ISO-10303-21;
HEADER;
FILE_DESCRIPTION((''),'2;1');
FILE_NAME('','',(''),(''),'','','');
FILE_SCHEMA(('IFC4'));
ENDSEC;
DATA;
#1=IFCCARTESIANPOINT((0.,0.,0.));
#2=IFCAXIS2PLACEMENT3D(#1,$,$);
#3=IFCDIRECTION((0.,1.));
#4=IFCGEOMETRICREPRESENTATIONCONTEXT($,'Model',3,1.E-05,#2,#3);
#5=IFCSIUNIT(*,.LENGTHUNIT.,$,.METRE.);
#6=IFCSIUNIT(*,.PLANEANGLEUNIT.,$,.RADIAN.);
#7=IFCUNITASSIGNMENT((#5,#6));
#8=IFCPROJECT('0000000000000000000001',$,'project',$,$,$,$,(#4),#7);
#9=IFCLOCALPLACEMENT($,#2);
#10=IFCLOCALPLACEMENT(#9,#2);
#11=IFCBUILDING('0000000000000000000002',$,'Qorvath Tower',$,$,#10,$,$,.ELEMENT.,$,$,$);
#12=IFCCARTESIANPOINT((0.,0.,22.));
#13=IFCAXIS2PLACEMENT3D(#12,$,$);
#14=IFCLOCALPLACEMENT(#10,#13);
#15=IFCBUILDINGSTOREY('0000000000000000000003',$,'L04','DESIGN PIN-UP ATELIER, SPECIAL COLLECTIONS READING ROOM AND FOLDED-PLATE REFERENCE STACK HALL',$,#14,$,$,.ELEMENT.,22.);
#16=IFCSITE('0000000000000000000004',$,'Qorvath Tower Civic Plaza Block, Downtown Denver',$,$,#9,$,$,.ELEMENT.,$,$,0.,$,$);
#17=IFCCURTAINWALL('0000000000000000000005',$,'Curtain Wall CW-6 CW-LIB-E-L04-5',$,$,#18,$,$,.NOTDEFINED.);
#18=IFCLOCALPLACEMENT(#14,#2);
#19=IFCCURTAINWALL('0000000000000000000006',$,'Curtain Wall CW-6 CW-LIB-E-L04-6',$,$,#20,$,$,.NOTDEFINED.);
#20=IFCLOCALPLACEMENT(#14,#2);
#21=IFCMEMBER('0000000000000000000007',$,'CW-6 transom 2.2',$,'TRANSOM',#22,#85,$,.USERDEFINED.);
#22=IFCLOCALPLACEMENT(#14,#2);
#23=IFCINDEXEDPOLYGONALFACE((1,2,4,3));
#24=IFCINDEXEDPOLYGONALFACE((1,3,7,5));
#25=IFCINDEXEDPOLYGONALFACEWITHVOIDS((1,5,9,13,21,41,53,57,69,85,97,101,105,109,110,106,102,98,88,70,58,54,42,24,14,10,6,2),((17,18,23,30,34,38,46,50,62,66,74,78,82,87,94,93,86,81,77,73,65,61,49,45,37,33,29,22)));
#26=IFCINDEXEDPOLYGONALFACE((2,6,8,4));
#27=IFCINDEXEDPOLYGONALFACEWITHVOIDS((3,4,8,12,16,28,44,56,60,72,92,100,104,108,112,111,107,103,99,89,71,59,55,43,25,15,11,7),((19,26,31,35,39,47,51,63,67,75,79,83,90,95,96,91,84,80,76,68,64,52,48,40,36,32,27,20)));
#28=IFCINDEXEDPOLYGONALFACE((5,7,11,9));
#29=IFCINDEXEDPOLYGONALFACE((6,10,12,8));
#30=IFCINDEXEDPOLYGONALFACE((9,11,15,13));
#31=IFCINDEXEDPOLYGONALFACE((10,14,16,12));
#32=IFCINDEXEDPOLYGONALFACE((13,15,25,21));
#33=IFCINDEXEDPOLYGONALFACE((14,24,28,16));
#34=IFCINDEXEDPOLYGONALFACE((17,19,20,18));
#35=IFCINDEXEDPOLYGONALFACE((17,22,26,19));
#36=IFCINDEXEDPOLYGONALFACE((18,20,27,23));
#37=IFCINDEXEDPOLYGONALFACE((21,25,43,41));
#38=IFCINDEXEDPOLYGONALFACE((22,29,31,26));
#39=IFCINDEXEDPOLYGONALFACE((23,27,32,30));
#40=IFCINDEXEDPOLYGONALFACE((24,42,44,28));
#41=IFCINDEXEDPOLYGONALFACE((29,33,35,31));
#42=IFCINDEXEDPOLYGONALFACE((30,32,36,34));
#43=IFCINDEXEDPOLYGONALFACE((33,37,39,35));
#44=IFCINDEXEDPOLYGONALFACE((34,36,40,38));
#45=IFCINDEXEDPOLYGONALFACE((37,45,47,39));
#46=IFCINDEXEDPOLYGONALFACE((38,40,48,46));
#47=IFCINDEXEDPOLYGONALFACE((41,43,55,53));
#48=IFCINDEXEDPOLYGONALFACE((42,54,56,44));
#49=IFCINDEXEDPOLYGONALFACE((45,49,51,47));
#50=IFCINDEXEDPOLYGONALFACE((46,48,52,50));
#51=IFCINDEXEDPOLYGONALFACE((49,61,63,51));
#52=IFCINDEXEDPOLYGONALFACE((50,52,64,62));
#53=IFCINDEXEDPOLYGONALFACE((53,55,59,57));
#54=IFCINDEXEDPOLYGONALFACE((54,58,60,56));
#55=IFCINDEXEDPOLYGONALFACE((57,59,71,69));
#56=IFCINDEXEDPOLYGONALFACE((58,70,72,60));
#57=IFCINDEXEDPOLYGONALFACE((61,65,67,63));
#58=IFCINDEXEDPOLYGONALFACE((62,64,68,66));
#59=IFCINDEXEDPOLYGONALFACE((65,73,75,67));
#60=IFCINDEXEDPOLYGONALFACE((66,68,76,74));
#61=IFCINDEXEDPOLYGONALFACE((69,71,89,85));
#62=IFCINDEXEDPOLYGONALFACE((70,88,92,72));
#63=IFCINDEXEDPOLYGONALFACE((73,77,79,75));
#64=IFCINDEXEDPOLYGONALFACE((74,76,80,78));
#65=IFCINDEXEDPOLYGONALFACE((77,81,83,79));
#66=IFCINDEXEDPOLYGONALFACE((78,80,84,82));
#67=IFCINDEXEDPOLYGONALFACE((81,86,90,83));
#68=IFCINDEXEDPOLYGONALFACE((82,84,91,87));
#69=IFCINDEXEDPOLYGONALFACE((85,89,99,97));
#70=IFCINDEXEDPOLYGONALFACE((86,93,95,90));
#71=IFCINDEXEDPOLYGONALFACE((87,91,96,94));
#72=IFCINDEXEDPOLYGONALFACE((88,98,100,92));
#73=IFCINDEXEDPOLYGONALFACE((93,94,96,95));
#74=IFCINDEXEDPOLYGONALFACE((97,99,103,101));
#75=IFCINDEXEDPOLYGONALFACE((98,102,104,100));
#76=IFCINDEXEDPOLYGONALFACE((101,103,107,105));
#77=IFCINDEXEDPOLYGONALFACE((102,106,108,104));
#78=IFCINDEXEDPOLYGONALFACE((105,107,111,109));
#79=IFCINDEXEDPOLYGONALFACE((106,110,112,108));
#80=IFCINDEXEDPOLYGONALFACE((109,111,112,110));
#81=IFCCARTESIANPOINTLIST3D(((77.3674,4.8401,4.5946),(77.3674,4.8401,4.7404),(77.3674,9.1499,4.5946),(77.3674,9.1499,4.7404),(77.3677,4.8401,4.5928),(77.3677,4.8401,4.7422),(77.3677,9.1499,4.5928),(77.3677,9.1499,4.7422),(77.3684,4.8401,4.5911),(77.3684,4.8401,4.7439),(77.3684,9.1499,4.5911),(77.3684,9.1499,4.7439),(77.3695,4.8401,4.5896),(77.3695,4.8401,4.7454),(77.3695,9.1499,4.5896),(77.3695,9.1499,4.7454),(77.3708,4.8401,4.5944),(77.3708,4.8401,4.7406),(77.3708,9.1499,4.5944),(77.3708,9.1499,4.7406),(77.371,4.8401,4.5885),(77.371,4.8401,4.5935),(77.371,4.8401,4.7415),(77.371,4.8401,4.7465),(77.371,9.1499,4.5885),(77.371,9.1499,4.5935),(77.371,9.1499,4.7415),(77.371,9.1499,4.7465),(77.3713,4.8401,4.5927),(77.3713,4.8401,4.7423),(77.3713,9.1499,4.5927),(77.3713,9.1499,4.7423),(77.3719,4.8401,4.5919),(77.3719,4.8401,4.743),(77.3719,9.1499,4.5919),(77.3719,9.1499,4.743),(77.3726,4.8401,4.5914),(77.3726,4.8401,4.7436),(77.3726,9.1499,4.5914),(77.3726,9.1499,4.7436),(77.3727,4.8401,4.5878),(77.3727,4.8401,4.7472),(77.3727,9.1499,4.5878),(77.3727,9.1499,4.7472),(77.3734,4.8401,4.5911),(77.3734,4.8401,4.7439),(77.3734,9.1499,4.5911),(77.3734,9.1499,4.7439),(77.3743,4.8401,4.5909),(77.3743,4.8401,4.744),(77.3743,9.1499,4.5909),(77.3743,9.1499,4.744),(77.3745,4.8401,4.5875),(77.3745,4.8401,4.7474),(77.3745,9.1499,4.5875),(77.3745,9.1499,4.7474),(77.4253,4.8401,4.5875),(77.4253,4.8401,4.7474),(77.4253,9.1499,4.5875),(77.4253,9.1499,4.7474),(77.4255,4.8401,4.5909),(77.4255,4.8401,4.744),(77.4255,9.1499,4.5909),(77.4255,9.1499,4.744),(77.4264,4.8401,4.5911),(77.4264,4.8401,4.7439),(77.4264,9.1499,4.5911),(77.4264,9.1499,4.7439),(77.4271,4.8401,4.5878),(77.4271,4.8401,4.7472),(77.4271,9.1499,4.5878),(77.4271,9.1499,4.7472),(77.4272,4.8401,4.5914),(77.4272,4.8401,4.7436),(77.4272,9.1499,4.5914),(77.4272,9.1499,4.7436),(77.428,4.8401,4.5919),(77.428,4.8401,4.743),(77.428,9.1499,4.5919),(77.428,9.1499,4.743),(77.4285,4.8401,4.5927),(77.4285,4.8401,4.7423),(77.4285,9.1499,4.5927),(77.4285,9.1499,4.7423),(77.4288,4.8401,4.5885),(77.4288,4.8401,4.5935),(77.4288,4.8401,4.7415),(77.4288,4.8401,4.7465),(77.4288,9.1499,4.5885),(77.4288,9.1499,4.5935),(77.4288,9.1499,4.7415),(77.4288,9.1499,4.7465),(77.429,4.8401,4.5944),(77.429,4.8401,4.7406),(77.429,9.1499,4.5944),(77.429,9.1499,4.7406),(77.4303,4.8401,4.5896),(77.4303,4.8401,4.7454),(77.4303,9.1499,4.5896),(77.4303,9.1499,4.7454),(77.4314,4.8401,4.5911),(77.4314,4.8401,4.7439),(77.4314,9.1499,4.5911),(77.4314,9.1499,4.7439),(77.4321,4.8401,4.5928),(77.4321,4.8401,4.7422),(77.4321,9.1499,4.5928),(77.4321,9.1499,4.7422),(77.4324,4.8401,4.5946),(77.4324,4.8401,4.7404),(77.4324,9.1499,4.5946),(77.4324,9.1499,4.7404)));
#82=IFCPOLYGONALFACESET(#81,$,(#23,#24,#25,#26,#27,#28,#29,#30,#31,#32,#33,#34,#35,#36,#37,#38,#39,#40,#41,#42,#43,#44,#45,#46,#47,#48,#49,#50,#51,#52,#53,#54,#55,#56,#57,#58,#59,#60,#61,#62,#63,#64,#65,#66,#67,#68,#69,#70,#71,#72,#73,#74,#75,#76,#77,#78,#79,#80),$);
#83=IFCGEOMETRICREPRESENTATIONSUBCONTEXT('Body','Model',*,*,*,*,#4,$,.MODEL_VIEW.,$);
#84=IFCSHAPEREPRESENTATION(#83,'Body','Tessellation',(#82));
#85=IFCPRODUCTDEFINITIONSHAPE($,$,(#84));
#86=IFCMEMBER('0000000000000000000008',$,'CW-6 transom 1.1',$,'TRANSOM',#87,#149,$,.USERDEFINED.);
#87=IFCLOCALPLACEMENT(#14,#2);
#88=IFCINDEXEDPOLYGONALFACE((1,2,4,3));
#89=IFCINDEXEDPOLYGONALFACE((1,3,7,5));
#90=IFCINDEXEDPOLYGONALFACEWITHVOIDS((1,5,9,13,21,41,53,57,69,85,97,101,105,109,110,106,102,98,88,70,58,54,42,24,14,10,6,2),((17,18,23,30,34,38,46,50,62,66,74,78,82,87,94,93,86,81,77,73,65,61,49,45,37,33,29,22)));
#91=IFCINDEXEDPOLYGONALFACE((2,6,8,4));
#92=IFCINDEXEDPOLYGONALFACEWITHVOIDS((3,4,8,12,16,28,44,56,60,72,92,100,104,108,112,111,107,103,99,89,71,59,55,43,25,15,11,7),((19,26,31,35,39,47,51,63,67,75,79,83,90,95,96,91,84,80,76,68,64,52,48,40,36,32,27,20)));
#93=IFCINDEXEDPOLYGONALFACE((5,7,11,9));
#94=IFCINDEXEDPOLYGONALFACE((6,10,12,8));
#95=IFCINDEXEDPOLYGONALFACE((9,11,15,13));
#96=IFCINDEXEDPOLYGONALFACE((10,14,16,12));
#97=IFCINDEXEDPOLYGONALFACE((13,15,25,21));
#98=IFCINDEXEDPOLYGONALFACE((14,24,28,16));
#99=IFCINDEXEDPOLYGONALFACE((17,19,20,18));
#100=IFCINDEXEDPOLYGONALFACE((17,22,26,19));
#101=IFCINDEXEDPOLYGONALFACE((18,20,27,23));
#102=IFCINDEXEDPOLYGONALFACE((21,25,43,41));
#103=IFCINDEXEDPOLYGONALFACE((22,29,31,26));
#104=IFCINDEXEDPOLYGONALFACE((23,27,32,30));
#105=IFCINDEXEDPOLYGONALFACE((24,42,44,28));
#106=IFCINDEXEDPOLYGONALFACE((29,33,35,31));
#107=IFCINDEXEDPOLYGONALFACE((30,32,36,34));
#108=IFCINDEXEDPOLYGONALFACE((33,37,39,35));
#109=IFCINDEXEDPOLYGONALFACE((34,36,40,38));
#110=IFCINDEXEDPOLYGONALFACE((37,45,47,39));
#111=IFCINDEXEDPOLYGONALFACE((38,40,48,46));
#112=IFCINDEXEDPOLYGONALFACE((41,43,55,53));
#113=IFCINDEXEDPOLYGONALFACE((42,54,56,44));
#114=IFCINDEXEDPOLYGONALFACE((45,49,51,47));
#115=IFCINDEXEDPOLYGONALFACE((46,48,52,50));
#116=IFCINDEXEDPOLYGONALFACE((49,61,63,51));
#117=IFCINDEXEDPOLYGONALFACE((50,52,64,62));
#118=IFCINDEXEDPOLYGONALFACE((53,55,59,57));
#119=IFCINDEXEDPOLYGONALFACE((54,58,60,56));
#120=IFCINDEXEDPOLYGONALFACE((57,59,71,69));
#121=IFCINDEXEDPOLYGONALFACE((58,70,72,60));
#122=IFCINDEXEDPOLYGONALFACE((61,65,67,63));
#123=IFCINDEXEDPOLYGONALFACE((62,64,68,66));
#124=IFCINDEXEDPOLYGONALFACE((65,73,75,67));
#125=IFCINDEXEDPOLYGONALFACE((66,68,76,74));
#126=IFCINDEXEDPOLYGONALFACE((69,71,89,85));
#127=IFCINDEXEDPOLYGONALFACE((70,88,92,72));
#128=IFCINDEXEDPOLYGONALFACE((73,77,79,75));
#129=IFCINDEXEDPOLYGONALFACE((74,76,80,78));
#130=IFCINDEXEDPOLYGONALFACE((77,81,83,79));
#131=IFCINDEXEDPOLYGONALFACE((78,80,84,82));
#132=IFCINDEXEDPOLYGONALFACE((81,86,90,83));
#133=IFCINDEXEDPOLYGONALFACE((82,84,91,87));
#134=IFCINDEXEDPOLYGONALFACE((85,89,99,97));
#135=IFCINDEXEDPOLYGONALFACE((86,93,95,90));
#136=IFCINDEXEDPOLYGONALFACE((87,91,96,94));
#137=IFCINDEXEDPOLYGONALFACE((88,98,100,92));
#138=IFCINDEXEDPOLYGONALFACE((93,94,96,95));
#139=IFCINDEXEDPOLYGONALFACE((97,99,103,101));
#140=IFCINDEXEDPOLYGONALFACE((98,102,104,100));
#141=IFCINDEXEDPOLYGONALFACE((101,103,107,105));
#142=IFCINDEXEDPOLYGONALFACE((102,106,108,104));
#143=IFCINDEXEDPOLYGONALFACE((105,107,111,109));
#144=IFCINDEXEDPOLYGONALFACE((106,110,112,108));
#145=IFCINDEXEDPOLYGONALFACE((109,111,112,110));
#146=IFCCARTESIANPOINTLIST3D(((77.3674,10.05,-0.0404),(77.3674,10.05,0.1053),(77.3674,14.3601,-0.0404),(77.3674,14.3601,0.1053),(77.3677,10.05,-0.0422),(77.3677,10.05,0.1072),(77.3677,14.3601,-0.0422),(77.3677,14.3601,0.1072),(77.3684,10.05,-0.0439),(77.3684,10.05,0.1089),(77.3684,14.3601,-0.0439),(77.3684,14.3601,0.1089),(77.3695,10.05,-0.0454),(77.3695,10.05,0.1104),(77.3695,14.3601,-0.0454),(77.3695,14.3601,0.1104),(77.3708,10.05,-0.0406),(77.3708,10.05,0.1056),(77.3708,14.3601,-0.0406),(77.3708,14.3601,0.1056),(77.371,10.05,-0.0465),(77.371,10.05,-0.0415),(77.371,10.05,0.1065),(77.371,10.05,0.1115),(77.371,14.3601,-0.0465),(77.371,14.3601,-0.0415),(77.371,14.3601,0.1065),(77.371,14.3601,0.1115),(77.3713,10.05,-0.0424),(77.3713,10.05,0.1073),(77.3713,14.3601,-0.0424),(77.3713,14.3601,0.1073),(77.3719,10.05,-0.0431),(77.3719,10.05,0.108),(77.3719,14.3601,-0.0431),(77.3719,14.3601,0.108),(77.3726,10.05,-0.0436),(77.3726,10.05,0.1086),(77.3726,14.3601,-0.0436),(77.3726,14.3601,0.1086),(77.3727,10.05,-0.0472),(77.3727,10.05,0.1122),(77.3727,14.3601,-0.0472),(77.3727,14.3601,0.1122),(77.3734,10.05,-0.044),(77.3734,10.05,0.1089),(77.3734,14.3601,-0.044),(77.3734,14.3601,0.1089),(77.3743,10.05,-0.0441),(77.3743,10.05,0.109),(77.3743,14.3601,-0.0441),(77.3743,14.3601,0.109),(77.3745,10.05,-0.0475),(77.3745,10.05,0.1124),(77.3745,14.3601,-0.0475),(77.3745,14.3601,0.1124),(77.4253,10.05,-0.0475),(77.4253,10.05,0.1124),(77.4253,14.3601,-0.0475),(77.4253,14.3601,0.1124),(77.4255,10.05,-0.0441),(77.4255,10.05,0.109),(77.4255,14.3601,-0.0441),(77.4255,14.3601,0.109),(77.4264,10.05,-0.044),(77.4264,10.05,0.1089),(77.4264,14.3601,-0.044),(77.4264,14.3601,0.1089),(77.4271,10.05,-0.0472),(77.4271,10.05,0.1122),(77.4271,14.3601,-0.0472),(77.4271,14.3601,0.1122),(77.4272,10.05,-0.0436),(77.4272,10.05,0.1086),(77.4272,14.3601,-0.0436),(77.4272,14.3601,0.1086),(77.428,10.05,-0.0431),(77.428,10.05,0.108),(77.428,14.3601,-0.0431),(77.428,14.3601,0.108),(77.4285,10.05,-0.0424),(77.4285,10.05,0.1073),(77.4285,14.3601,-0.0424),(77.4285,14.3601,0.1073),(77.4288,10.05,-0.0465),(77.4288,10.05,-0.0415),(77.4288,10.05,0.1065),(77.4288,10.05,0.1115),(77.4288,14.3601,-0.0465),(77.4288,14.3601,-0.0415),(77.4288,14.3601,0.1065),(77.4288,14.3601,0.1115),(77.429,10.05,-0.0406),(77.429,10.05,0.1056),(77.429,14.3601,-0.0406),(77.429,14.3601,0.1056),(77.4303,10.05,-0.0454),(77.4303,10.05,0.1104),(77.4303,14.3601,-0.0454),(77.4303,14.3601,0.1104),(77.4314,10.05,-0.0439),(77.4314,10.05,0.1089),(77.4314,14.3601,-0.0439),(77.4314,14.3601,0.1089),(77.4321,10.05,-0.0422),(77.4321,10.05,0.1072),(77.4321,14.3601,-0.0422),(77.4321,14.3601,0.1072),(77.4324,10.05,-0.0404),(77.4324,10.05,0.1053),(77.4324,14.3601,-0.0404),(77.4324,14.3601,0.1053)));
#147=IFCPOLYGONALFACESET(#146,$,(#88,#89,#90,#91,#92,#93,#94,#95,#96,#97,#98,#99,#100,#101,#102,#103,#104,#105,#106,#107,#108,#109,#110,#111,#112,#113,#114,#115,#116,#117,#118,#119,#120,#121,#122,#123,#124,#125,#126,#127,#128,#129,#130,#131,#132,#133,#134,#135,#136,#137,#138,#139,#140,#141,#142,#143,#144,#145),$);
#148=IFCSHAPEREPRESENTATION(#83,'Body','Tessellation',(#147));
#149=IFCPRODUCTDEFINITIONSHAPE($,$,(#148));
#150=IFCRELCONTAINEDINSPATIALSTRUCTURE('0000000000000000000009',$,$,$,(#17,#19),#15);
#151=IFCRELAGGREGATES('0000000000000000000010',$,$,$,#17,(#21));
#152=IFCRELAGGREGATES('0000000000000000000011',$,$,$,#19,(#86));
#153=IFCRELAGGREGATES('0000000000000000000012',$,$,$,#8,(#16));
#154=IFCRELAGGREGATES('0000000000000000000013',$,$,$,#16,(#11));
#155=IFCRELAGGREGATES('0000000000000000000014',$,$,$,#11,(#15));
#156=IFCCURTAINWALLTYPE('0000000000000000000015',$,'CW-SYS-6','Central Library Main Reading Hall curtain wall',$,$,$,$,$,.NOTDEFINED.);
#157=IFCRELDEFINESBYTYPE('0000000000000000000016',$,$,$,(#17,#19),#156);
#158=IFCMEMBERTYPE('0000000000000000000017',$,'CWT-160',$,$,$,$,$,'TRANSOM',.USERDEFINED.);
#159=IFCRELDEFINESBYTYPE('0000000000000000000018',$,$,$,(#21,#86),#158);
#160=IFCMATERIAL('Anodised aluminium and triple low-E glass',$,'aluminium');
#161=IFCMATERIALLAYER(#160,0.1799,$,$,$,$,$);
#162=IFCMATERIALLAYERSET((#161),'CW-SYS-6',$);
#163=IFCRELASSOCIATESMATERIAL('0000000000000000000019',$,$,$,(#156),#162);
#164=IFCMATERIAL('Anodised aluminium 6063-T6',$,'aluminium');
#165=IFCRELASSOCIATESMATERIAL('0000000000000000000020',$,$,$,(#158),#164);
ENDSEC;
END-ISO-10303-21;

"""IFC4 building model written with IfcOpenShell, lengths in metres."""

from ifc_helpers import new_model, si_unit, direction, frame, origin, origin_2d, place, context, subcontext, project, spatial, hollow_rectangle, extrude, material, layer, layer_set, material_profile, profile_set, type_object, element, aggregate, save


model = new_model("IFC4")

# Units and contexts
model_context = context("Model", 3, precision=1e-05, world=origin(), true_north=direction((0.0, 1.0)))
body_context = subcontext(model_context, "Body", "Model", "MODEL_VIEW")
ifc_project = project(units=[si_unit("LENGTHUNIT", "METRE"), si_unit("PLANEANGLEUNIT", "RADIAN")], contexts=[model_context])

# Site, building, storey
site_placement = place(None, origin())
site = spatial("IfcSite", under=ifc_project, at=site_placement, Name="Qorvath Tower Civic Plaza Block, Downtown Denver", CompositionType="ELEMENT", RefElevation=0.0)
building_placement = place(site_placement, origin())
building = spatial("IfcBuilding", under=site, at=building_placement, Name="Qorvath Tower", CompositionType="ELEMENT")
storey_placement = place(building_placement, frame((0.0, 0.0, 22.0)))
storey = spatial("IfcBuildingStorey", under=building, at=storey_placement, Name="L04", Description="DESIGN PIN-UP ATELIER, SPECIAL COLLECTIONS READING ROOM AND FOLDED-PLATE REFERENCE STACK HALL", CompositionType="ELEMENT", Elevation=22.0)

# Curtain walls
ifc_material_1 = material(Name="Anodised aluminium and triple low-E glass", Category="aluminium")
ifc_layer_1 = layer(ifc_material_1, 0.1799)
ifc_layer_set_1 = layer_set([ifc_layer_1], Name="CW-SYS-6")
curtain_wall_type = type_object("IfcCurtainWallType", Name="CW-SYS-6", Description="Central Library Main Reading Hall curtain wall", PredefinedType="NOTDEFINED", material=ifc_layer_set_1)
curtain_wall_1_placement = place(storey_placement, origin())
curtain_wall_1 = element("IfcCurtainWall", 1, at=curtain_wall_1_placement, inside=storey, type_object=curtain_wall_type, Name="Curtain Wall CW-6 CW-LIB-E-L04-5", PredefinedType="NOTDEFINED")
curtain_wall_2_placement = place(storey_placement, origin())
curtain_wall_2 = element("IfcCurtainWall", 2, at=curtain_wall_2_placement, inside=storey, type_object=curtain_wall_type, Name="Curtain Wall CW-6 CW-LIB-E-L04-6", PredefinedType="NOTDEFINED")

# Members
ifc_material_2 = material(Name="Anodised aluminium 6063-T6", Category="aluminium")
ifc_material_profile_1 = material_profile(ifc_material_2, hollow_rectangle(XDim=0.0649, YDim=0.1599, WallThickness=0.0034, InnerFilletRadius=0.0034, OuterFilletRadius=0.0071, at=origin_2d()), Name="CWT 160x65")
ifc_profile_set_1 = profile_set([ifc_material_profile_1], Name="Anodised aluminium 6063-T6")
member_type_1 = type_object("IfcMemberType", Name="CWT-160", ElementType="TRANSOM", PredefinedType="USERDEFINED", material=ifc_profile_set_1)
member_1_placement = place(storey_placement, frame((77.3999, 4.8401, 4.6675), z_axis=(0.0, 1.0, 0.0), x_axis=(-1.0, 0.0, 0.0)))
member_1 = element("IfcMember", 3, at=member_1_placement, type_object=member_type_1, Name="CW-6 transom 2.2", ObjectType="TRANSOM", PredefinedType="USERDEFINED", context=body_context, shape_type="SweptSolid", body=[
    extrude(hollow_rectangle(XDim=0.0649, YDim=0.1599, WallThickness=0.0034, InnerFilletRadius=0.0034, OuterFilletRadius=0.0071, at=origin_2d()), origin(), (0.0, 0.0, 1.0), 4.3098),
])
member_2_placement = place(storey_placement, frame((77.3999, 10.05, 0.0325), z_axis=(0.0, 1.0, 0.0), x_axis=(-1.0, 0.0, 0.0)))
member_2 = element("IfcMember", 4, at=member_2_placement, type_object=member_type_1, Name="CW-6 transom 1.1", ObjectType="TRANSOM", PredefinedType="USERDEFINED", context=body_context, shape_type="SweptSolid", body=[
    extrude(hollow_rectangle(XDim=0.0649, YDim=0.1599, WallThickness=0.0034, InnerFilletRadius=0.0034, OuterFilletRadius=0.0071, at=origin_2d()), origin(), (0.0, 0.0, 1.0), 4.3101),
])

aggregate(curtain_wall_1, [member_1])
aggregate(curtain_wall_2, [member_2])

save(model, "model.ifc")
